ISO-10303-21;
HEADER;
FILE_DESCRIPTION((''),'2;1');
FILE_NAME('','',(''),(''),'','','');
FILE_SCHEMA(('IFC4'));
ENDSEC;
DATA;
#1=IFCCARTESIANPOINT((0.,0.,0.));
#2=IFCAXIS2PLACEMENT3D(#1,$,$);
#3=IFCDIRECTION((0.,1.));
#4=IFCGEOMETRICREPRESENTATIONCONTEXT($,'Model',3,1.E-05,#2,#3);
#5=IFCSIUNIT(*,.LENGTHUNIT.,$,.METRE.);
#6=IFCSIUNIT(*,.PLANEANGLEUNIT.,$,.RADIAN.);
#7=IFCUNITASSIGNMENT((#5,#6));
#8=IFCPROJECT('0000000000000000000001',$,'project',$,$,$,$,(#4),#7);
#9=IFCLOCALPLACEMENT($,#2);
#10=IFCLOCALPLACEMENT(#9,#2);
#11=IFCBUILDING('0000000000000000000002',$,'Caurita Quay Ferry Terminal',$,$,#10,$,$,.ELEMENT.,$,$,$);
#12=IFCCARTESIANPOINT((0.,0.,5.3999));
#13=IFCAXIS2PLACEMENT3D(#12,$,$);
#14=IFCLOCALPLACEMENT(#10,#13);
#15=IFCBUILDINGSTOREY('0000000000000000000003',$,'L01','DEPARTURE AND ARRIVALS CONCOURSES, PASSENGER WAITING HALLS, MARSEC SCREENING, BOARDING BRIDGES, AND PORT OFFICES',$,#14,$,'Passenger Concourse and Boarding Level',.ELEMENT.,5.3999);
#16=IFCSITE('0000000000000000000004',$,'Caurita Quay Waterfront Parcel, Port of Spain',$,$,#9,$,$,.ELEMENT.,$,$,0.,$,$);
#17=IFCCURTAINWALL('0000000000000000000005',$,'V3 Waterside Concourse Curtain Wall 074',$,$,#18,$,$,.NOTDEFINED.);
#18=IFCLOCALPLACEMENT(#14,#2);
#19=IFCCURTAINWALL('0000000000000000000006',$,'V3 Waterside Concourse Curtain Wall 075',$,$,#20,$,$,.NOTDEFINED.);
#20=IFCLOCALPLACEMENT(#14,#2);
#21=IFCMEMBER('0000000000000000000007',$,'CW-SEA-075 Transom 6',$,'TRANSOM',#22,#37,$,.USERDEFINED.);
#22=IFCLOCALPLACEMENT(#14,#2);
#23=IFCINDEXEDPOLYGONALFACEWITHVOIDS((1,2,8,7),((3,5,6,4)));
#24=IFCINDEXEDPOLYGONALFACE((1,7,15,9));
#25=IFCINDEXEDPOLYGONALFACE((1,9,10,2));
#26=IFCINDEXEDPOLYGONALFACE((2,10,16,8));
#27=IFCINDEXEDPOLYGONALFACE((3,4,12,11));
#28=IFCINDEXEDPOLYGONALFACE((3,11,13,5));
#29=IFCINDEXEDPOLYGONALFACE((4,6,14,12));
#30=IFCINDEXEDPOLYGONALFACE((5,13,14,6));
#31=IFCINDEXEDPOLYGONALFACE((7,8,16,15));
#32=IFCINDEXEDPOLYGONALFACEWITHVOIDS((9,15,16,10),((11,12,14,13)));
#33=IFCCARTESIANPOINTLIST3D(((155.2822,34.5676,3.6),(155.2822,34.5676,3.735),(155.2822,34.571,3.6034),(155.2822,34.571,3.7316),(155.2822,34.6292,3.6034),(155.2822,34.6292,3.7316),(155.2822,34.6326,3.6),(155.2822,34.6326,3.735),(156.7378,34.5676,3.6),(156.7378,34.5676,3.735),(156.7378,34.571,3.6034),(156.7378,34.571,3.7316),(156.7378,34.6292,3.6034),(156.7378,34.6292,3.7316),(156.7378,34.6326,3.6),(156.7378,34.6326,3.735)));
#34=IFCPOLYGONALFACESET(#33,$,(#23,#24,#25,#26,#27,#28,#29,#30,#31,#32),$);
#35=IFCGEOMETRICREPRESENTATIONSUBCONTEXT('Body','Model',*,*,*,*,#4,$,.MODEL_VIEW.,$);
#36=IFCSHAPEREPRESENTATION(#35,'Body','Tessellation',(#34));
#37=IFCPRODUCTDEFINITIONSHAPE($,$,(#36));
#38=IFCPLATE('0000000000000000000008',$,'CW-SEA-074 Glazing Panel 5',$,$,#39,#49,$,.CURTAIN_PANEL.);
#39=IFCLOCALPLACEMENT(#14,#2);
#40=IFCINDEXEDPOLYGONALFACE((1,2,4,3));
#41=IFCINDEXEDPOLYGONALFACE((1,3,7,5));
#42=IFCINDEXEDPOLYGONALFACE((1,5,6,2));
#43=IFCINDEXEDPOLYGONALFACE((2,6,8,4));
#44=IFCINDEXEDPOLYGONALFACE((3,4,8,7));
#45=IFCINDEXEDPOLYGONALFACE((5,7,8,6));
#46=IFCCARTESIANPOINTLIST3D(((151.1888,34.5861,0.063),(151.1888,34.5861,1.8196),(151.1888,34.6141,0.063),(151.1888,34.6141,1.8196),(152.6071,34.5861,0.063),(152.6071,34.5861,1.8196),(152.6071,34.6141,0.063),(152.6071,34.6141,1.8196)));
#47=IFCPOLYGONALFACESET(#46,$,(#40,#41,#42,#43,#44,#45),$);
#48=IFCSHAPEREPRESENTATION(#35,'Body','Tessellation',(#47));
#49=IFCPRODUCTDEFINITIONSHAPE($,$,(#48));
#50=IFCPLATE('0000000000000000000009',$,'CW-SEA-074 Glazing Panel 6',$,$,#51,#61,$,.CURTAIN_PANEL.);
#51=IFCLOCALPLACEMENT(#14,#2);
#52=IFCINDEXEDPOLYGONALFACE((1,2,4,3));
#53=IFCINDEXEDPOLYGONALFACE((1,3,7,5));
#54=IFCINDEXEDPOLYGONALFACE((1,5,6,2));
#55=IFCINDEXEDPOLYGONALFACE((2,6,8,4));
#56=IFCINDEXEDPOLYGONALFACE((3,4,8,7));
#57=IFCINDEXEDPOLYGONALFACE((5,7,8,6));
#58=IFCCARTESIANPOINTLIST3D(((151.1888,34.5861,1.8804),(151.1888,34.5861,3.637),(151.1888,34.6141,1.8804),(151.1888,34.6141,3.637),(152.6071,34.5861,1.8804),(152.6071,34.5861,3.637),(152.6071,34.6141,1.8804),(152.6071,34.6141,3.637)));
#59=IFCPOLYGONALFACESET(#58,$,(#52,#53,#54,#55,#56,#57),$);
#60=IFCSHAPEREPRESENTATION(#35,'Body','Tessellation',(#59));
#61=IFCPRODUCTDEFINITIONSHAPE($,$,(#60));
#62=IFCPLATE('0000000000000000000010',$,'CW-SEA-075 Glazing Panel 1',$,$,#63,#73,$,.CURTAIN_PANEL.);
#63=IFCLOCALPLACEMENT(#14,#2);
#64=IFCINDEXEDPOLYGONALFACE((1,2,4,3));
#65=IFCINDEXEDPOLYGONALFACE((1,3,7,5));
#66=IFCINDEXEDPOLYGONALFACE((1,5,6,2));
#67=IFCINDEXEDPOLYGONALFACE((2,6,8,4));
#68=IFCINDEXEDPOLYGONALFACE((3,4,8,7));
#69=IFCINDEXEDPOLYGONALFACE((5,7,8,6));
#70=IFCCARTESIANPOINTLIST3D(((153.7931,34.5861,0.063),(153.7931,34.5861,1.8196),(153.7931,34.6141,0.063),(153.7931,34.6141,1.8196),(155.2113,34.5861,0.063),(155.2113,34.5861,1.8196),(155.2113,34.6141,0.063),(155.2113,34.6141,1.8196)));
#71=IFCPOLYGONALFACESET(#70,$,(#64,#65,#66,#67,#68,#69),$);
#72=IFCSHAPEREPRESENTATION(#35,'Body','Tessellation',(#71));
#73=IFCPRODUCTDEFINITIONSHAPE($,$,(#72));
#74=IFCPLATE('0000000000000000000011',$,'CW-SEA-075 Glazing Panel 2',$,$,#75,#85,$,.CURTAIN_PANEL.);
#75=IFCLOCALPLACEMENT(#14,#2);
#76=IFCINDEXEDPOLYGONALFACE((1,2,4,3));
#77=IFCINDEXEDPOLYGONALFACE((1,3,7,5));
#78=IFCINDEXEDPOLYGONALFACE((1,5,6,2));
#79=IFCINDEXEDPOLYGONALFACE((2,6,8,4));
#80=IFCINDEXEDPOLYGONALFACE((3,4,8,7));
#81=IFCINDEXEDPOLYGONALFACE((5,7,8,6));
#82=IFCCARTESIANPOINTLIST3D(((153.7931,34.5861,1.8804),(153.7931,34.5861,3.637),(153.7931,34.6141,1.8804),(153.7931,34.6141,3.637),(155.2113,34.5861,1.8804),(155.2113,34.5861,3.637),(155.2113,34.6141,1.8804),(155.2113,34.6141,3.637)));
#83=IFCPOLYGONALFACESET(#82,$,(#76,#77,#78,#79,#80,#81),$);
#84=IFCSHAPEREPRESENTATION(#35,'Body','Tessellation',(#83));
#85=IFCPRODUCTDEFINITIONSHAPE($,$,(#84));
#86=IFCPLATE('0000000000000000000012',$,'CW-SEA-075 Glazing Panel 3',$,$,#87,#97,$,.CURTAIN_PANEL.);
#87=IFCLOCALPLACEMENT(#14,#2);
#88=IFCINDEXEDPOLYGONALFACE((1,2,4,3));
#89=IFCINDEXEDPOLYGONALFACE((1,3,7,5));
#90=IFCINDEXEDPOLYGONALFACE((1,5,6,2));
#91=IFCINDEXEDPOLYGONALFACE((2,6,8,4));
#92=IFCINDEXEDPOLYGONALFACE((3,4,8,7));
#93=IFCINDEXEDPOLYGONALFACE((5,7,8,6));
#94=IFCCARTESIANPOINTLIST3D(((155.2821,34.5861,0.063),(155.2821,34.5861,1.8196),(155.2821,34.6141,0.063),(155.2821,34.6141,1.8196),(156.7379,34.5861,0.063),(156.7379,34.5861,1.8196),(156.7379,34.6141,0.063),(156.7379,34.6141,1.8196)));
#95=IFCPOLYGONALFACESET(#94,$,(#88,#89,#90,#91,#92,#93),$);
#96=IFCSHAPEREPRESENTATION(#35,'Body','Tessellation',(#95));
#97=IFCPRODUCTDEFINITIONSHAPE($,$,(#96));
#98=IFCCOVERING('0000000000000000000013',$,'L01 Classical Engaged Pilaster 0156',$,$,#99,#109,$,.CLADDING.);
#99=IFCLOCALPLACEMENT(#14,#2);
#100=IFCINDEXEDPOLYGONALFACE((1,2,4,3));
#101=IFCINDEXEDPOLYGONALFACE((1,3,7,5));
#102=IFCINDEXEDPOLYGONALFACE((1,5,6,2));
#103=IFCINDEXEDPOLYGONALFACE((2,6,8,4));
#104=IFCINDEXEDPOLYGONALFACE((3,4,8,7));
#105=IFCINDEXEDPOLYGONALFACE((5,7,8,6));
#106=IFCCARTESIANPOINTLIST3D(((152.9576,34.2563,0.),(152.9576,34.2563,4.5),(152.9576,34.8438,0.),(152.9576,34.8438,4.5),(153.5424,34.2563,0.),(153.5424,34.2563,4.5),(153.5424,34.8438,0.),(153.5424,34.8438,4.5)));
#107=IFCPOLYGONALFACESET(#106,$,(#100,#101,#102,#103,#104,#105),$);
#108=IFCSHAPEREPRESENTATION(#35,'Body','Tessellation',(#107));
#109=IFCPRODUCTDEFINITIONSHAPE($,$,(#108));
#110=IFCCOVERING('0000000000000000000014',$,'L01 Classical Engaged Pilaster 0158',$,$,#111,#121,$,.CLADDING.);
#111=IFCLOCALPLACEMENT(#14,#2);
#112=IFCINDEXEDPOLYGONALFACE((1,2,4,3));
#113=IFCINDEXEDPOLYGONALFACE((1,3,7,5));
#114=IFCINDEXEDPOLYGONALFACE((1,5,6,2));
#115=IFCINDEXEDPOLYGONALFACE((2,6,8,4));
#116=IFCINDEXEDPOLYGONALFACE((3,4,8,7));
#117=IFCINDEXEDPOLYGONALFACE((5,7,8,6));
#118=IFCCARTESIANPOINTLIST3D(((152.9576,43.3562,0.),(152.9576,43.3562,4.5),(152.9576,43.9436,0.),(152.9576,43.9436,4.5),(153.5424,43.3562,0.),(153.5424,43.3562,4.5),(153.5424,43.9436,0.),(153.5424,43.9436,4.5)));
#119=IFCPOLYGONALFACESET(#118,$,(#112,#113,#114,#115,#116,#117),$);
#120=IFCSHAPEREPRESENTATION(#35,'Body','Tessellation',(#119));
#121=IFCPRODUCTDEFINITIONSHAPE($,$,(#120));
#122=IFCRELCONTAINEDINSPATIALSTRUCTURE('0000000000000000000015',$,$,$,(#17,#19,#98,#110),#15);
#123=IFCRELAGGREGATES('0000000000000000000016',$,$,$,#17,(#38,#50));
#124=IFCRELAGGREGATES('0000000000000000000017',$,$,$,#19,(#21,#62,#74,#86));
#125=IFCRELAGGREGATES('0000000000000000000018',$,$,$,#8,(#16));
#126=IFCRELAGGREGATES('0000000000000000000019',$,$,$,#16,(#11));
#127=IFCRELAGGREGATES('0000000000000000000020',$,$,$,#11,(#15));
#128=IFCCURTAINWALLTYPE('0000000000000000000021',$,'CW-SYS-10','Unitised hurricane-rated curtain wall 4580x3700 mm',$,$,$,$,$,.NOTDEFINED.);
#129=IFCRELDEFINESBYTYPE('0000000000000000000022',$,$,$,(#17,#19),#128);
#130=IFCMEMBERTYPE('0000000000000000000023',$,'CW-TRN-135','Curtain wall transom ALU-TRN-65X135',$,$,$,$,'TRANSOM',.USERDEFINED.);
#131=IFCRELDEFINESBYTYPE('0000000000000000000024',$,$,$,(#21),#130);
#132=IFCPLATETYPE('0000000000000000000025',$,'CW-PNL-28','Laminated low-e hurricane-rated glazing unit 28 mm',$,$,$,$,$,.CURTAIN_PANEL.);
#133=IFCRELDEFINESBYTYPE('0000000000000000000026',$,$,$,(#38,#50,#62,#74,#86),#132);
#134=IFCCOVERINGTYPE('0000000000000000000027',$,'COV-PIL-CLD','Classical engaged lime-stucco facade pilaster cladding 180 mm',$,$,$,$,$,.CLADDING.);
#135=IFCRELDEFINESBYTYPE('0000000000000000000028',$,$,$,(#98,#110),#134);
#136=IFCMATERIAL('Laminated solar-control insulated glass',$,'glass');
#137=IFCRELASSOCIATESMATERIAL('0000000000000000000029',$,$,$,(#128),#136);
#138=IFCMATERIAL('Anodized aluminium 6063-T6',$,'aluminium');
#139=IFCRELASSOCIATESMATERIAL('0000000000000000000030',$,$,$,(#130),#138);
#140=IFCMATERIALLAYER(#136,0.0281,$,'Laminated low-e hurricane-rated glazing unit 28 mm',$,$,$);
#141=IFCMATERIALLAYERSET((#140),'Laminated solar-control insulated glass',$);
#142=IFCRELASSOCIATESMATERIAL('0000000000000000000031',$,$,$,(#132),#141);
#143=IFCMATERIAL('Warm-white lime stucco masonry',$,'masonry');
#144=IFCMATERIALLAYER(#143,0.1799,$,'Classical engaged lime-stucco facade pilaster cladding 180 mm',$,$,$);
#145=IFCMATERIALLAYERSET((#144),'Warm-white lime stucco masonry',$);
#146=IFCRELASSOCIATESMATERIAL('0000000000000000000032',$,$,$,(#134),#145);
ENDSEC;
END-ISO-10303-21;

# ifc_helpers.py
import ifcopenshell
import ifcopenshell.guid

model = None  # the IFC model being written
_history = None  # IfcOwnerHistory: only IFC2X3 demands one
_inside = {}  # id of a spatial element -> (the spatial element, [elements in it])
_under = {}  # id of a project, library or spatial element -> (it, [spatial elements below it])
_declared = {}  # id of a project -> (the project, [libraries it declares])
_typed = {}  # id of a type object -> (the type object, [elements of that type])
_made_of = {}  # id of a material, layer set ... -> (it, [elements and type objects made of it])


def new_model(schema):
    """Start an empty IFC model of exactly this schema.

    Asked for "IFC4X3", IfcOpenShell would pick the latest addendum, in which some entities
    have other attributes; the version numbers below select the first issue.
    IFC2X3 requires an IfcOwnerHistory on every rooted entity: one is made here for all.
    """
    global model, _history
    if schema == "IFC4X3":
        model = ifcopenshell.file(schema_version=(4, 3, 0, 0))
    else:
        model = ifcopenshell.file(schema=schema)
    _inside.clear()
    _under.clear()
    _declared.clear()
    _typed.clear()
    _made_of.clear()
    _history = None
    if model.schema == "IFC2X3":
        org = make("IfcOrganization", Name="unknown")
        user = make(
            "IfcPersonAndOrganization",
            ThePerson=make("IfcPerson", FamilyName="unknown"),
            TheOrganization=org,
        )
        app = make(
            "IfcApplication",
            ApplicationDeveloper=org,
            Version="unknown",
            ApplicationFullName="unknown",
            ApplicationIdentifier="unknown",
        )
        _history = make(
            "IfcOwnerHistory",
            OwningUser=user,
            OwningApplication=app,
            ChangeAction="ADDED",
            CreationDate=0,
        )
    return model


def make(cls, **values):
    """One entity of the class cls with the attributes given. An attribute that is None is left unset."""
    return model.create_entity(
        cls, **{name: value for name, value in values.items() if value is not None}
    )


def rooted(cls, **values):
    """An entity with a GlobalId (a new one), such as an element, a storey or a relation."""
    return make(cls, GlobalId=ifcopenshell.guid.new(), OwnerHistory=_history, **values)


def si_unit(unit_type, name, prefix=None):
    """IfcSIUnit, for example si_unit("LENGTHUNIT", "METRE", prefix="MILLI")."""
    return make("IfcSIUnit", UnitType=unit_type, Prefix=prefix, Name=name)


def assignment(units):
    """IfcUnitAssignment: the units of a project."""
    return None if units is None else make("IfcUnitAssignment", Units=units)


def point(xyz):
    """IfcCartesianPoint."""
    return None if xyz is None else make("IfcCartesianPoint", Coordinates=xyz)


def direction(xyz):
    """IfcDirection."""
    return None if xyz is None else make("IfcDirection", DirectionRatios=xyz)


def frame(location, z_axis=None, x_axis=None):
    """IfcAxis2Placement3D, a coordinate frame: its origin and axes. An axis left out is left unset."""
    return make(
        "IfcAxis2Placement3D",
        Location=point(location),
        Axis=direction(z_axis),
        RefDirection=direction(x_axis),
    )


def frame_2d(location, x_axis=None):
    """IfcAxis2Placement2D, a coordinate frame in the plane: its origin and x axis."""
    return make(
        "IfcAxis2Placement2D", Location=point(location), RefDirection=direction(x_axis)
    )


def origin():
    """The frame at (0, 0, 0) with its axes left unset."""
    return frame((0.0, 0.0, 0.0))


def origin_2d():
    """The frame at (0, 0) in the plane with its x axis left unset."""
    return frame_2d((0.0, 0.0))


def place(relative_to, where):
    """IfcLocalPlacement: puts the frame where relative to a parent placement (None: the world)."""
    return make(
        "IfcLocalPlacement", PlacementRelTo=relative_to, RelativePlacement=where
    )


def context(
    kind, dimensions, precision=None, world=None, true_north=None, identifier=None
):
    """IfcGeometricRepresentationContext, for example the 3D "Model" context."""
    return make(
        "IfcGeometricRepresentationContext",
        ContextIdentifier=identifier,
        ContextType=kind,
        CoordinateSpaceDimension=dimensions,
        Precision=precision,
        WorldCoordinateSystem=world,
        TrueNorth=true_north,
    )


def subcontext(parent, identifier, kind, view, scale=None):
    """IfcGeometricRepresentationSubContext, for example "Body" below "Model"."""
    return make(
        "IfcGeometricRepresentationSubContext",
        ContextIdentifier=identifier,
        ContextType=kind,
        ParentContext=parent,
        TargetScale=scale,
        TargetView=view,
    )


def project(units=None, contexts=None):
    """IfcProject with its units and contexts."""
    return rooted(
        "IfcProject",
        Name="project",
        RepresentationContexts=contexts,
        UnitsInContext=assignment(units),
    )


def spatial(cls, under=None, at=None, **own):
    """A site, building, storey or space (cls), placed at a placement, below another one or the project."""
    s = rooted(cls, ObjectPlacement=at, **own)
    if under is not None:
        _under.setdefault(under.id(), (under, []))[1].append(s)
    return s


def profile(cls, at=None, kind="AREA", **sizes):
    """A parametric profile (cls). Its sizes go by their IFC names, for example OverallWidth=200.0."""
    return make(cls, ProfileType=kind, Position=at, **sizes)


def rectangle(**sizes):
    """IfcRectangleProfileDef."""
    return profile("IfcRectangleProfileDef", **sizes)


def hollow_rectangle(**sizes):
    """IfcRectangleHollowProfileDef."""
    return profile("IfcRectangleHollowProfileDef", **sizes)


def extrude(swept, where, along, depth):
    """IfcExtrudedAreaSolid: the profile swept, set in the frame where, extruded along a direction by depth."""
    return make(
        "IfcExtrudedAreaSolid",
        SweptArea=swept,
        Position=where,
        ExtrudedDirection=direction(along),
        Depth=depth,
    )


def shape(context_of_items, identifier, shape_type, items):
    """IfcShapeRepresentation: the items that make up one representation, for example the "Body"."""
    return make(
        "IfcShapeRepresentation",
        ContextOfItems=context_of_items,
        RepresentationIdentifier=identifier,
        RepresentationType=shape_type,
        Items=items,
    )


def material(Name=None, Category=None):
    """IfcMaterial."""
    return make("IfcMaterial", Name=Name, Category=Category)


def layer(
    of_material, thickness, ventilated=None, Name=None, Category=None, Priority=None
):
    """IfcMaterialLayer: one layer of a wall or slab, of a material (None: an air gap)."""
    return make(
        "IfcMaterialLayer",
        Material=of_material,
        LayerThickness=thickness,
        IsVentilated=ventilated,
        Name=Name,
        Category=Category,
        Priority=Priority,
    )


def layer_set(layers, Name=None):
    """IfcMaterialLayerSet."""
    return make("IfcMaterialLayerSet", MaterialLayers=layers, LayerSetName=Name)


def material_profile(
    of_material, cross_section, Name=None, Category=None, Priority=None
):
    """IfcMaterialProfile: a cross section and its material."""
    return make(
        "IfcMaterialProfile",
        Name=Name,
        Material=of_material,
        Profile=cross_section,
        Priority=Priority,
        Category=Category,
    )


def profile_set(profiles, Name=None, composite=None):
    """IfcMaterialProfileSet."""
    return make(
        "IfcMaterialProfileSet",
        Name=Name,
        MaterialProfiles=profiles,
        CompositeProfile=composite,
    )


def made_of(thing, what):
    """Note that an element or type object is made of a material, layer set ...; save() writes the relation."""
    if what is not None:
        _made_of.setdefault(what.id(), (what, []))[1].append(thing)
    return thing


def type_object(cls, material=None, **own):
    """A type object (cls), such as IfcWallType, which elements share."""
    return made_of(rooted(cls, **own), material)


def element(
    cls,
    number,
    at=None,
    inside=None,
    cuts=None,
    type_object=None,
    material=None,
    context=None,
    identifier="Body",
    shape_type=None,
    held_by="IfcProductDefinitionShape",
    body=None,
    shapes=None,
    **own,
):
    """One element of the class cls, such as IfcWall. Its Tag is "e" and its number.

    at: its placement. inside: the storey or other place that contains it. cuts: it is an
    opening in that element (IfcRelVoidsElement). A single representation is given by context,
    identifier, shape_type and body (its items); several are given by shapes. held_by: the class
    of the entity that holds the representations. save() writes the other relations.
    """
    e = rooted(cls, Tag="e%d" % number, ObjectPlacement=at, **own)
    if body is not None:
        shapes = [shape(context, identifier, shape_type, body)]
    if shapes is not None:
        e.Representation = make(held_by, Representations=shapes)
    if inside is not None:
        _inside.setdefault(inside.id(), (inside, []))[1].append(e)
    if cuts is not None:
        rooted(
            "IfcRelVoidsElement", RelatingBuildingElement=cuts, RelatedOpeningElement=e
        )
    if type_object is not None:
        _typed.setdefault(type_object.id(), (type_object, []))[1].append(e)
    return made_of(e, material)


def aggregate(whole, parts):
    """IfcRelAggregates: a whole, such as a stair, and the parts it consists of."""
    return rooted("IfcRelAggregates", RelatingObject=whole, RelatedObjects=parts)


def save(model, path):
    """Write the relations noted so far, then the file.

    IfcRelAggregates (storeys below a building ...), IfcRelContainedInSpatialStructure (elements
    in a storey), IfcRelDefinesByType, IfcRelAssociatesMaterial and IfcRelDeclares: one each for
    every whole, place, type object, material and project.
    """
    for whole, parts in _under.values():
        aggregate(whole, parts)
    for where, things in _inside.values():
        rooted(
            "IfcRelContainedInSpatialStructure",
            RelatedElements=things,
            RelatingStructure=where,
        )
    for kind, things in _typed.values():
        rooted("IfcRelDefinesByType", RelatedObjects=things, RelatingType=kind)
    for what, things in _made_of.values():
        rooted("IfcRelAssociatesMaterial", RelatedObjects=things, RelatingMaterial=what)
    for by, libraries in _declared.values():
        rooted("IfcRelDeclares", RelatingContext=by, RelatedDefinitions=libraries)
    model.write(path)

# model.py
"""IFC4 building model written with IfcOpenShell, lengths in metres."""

from ifc_helpers import new_model, si_unit, direction, frame, origin, origin_2d, place, context, subcontext, project, spatial, rectangle, hollow_rectangle, extrude, material, layer, layer_set, material_profile, profile_set, type_object, element, aggregate, save


model = new_model("IFC4")

# Units and contexts
model_context = context("Model", 3, precision=1e-05, world=origin(), true_north=direction((0.0, 1.0)))
body_context = subcontext(model_context, "Body", "Model", "MODEL_VIEW")
ifc_project = project(units=[si_unit("LENGTHUNIT", "METRE"), si_unit("PLANEANGLEUNIT", "RADIAN")], contexts=[model_context])

# Site, building, storey
site_placement = place(None, origin())
site = spatial("IfcSite", under=ifc_project, at=site_placement, Name="Caurita Quay Waterfront Parcel, Port of Spain", CompositionType="ELEMENT", RefElevation=0.0)
building_placement = place(site_placement, origin())
building = spatial("IfcBuilding", under=site, at=building_placement, Name="Caurita Quay Ferry Terminal", CompositionType="ELEMENT")
storey_placement = place(building_placement, frame((0.0, 0.0, 5.3999)))
storey = spatial("IfcBuildingStorey", under=building, at=storey_placement, Name="L01", Description="DEPARTURE AND ARRIVALS CONCOURSES, PASSENGER WAITING HALLS, MARSEC SCREENING, BOARDING BRIDGES, AND PORT OFFICES", LongName="Passenger Concourse and Boarding Level", CompositionType="ELEMENT", Elevation=5.3999)

# Curtain wall
ifc_material_1 = material(Name="Laminated solar-control insulated glass", Category="glass")
curtain_wall_type = type_object("IfcCurtainWallType", Name="CW-SYS-10", Description="Unitised hurricane-rated curtain wall 4580x3700 mm", PredefinedType="NOTDEFINED", material=ifc_material_1)
curtain_wall_1_placement = place(storey_placement, origin())
curtain_wall_1 = element("IfcCurtainWall", 1, at=curtain_wall_1_placement, inside=storey, type_object=curtain_wall_type, Name="V3 Waterside Concourse Curtain Wall 074", PredefinedType="NOTDEFINED")
ifc_material_2 = material(Name="Anodized aluminium 6063-T6", Category="aluminium")

# Curtain wall
curtain_wall_2_placement = place(storey_placement, origin())
curtain_wall_2 = element("IfcCurtainWall", 2, at=curtain_wall_2_placement, inside=storey, type_object=curtain_wall_type, Name="V3 Waterside Concourse Curtain Wall 075", PredefinedType="NOTDEFINED")

# Member
ifc_material_profile_1 = material_profile(ifc_material_2, hollow_rectangle(XDim=0.0649, YDim=0.135, WallThickness=0.0034, at=origin_2d()), Name="ALU-TRN-65X135")
ifc_profile_set_1 = profile_set([ifc_material_profile_1], Name="Anodized aluminium 6063-T6")
member_type_1 = type_object("IfcMemberType", Name="CW-TRN-135", Description="Curtain wall transom ALU-TRN-65X135", ElementType="TRANSOM", PredefinedType="USERDEFINED", material=ifc_profile_set_1)
member_1_placement = place(storey_placement, frame((155.2822, 34.6001, 3.6675), z_axis=(1.0, 0.0, 0.0), x_axis=(0.0, 1.0, 0.0)))
member_1 = element("IfcMember", 3, at=member_1_placement, type_object=member_type_1, Name="CW-SEA-075 Transom 6", ObjectType="TRANSOM", PredefinedType="USERDEFINED", context=body_context, shape_type="SweptSolid", body=[
    extrude(hollow_rectangle(XDim=0.0649, YDim=0.135, WallThickness=0.0034, at=origin_2d()), origin(), (0.0, 0.0, 1.0), 1.4556),
])

# Plates
ifc_layer_1 = layer(ifc_material_1, 0.0281, Name="Laminated low-e hurricane-rated glazing unit 28 mm")
ifc_layer_set_1 = layer_set([ifc_layer_1], Name="Laminated solar-control insulated glass")
plate_type = type_object("IfcPlateType", Name="CW-PNL-28", Description="Laminated low-e hurricane-rated glazing unit 28 mm", PredefinedType="CURTAIN_PANEL", material=ifc_layer_set_1)
plate_1_placement = place(storey_placement, frame((151.8979, 34.6001, 0.063), z_axis=(0.0, 0.0, 1.0), x_axis=(1.0, 0.0, 0.0)))
plate_1 = element("IfcPlate", 4, at=plate_1_placement, type_object=plate_type, Name="CW-SEA-074 Glazing Panel 5", PredefinedType="CURTAIN_PANEL", context=body_context, shape_type="SweptSolid", body=[
    extrude(rectangle(XDim=1.4182, YDim=0.0281, at=origin_2d()), origin(), (0.0, 0.0, 1.0), 1.7566),
])
plate_2_placement = place(storey_placement, frame((151.8979, 34.6001, 1.8804), z_axis=(0.0, 0.0, 1.0), x_axis=(1.0, 0.0, 0.0)))
plate_2 = element("IfcPlate", 5, at=plate_2_placement, type_object=plate_type, Name="CW-SEA-074 Glazing Panel 6", PredefinedType="CURTAIN_PANEL", context=body_context, shape_type="SweptSolid", body=[
    extrude(rectangle(XDim=1.4182, YDim=0.0281, at=origin_2d()), origin(), (0.0, 0.0, 1.0), 1.7566),
])
aggregate(curtain_wall_1, [plate_1, plate_2])
plate_3_placement = place(storey_placement, frame((154.5022, 34.6001, 0.063), z_axis=(0.0, 0.0, 1.0), x_axis=(1.0, 0.0, 0.0)))
plate_3 = element("IfcPlate", 6, at=plate_3_placement, type_object=plate_type, Name="CW-SEA-075 Glazing Panel 1", PredefinedType="CURTAIN_PANEL", context=body_context, shape_type="SweptSolid", body=[
    extrude(rectangle(XDim=1.4182, YDim=0.0281, at=origin_2d()), origin(), (0.0, 0.0, 1.0), 1.7566),
])
plate_4_placement = place(storey_placement, frame((154.5022, 34.6001, 1.8804), z_axis=(0.0, 0.0, 1.0), x_axis=(1.0, 0.0, 0.0)))
plate_4 = element("IfcPlate", 7, at=plate_4_placement, type_object=plate_type, Name="CW-SEA-075 Glazing Panel 2", PredefinedType="CURTAIN_PANEL", context=body_context, shape_type="SweptSolid", body=[
    extrude(rectangle(XDim=1.4182, YDim=0.0281, at=origin_2d()), origin(), (0.0, 0.0, 1.0), 1.7566),
])
plate_5_placement = place(storey_placement, frame((156.01, 34.6001, 0.063), z_axis=(0.0, 0.0, 1.0), x_axis=(1.0, 0.0, 0.0)))
plate_5 = element("IfcPlate", 8, at=plate_5_placement, type_object=plate_type, Name="CW-SEA-075 Glazing Panel 3", PredefinedType="CURTAIN_PANEL", context=body_context, shape_type="SweptSolid", body=[
    extrude(rectangle(XDim=1.4558, YDim=0.0281, at=origin_2d()), origin(), (0.0, 0.0, 1.0), 1.7566),
])
aggregate(curtain_wall_2, [member_1, plate_3, plate_4, plate_5])

# Coverings
ifc_material_3 = material(Name="Warm-white lime stucco masonry", Category="masonry")
ifc_layer_2 = layer(ifc_material_3, 0.1799, Name="Classical engaged lime-stucco facade pilaster cladding 180 mm")
ifc_layer_set_2 = layer_set([ifc_layer_2], Name="Warm-white lime stucco masonry")
covering_type = type_object("IfcCoveringType", Name="COV-PIL-CLD", Description="Classical engaged lime-stucco facade pilaster cladding 180 mm", PredefinedType="CLADDING", material=ifc_layer_set_2)
for number, where, z_axis, x_axis, name in (
    (9, (153.25, 34.55, 0.0), (0.0, 0.0, 1.0), (1.0, 0.0, 0.0), "L01 Classical Engaged Pilaster 0156"),
    (10, (153.25, 43.6499, 0.0), (0.0, 0.0, 1.0), (1.0, 0.0, 0.0), "L01 Classical Engaged Pilaster 0158"),
):
    element("IfcCovering", number, at=place(storey_placement, frame(where, z_axis=z_axis, x_axis=x_axis)), inside=storey, type_object=covering_type, Name=name, PredefinedType="CLADDING", context=body_context, shape_type="SweptSolid", body=[
        extrude(rectangle(XDim=0.5847, YDim=0.5874, at=origin_2d()), origin(), (0.0, 0.0, 1.0), 4.5),
    ])

save(model, "model.ifc")
